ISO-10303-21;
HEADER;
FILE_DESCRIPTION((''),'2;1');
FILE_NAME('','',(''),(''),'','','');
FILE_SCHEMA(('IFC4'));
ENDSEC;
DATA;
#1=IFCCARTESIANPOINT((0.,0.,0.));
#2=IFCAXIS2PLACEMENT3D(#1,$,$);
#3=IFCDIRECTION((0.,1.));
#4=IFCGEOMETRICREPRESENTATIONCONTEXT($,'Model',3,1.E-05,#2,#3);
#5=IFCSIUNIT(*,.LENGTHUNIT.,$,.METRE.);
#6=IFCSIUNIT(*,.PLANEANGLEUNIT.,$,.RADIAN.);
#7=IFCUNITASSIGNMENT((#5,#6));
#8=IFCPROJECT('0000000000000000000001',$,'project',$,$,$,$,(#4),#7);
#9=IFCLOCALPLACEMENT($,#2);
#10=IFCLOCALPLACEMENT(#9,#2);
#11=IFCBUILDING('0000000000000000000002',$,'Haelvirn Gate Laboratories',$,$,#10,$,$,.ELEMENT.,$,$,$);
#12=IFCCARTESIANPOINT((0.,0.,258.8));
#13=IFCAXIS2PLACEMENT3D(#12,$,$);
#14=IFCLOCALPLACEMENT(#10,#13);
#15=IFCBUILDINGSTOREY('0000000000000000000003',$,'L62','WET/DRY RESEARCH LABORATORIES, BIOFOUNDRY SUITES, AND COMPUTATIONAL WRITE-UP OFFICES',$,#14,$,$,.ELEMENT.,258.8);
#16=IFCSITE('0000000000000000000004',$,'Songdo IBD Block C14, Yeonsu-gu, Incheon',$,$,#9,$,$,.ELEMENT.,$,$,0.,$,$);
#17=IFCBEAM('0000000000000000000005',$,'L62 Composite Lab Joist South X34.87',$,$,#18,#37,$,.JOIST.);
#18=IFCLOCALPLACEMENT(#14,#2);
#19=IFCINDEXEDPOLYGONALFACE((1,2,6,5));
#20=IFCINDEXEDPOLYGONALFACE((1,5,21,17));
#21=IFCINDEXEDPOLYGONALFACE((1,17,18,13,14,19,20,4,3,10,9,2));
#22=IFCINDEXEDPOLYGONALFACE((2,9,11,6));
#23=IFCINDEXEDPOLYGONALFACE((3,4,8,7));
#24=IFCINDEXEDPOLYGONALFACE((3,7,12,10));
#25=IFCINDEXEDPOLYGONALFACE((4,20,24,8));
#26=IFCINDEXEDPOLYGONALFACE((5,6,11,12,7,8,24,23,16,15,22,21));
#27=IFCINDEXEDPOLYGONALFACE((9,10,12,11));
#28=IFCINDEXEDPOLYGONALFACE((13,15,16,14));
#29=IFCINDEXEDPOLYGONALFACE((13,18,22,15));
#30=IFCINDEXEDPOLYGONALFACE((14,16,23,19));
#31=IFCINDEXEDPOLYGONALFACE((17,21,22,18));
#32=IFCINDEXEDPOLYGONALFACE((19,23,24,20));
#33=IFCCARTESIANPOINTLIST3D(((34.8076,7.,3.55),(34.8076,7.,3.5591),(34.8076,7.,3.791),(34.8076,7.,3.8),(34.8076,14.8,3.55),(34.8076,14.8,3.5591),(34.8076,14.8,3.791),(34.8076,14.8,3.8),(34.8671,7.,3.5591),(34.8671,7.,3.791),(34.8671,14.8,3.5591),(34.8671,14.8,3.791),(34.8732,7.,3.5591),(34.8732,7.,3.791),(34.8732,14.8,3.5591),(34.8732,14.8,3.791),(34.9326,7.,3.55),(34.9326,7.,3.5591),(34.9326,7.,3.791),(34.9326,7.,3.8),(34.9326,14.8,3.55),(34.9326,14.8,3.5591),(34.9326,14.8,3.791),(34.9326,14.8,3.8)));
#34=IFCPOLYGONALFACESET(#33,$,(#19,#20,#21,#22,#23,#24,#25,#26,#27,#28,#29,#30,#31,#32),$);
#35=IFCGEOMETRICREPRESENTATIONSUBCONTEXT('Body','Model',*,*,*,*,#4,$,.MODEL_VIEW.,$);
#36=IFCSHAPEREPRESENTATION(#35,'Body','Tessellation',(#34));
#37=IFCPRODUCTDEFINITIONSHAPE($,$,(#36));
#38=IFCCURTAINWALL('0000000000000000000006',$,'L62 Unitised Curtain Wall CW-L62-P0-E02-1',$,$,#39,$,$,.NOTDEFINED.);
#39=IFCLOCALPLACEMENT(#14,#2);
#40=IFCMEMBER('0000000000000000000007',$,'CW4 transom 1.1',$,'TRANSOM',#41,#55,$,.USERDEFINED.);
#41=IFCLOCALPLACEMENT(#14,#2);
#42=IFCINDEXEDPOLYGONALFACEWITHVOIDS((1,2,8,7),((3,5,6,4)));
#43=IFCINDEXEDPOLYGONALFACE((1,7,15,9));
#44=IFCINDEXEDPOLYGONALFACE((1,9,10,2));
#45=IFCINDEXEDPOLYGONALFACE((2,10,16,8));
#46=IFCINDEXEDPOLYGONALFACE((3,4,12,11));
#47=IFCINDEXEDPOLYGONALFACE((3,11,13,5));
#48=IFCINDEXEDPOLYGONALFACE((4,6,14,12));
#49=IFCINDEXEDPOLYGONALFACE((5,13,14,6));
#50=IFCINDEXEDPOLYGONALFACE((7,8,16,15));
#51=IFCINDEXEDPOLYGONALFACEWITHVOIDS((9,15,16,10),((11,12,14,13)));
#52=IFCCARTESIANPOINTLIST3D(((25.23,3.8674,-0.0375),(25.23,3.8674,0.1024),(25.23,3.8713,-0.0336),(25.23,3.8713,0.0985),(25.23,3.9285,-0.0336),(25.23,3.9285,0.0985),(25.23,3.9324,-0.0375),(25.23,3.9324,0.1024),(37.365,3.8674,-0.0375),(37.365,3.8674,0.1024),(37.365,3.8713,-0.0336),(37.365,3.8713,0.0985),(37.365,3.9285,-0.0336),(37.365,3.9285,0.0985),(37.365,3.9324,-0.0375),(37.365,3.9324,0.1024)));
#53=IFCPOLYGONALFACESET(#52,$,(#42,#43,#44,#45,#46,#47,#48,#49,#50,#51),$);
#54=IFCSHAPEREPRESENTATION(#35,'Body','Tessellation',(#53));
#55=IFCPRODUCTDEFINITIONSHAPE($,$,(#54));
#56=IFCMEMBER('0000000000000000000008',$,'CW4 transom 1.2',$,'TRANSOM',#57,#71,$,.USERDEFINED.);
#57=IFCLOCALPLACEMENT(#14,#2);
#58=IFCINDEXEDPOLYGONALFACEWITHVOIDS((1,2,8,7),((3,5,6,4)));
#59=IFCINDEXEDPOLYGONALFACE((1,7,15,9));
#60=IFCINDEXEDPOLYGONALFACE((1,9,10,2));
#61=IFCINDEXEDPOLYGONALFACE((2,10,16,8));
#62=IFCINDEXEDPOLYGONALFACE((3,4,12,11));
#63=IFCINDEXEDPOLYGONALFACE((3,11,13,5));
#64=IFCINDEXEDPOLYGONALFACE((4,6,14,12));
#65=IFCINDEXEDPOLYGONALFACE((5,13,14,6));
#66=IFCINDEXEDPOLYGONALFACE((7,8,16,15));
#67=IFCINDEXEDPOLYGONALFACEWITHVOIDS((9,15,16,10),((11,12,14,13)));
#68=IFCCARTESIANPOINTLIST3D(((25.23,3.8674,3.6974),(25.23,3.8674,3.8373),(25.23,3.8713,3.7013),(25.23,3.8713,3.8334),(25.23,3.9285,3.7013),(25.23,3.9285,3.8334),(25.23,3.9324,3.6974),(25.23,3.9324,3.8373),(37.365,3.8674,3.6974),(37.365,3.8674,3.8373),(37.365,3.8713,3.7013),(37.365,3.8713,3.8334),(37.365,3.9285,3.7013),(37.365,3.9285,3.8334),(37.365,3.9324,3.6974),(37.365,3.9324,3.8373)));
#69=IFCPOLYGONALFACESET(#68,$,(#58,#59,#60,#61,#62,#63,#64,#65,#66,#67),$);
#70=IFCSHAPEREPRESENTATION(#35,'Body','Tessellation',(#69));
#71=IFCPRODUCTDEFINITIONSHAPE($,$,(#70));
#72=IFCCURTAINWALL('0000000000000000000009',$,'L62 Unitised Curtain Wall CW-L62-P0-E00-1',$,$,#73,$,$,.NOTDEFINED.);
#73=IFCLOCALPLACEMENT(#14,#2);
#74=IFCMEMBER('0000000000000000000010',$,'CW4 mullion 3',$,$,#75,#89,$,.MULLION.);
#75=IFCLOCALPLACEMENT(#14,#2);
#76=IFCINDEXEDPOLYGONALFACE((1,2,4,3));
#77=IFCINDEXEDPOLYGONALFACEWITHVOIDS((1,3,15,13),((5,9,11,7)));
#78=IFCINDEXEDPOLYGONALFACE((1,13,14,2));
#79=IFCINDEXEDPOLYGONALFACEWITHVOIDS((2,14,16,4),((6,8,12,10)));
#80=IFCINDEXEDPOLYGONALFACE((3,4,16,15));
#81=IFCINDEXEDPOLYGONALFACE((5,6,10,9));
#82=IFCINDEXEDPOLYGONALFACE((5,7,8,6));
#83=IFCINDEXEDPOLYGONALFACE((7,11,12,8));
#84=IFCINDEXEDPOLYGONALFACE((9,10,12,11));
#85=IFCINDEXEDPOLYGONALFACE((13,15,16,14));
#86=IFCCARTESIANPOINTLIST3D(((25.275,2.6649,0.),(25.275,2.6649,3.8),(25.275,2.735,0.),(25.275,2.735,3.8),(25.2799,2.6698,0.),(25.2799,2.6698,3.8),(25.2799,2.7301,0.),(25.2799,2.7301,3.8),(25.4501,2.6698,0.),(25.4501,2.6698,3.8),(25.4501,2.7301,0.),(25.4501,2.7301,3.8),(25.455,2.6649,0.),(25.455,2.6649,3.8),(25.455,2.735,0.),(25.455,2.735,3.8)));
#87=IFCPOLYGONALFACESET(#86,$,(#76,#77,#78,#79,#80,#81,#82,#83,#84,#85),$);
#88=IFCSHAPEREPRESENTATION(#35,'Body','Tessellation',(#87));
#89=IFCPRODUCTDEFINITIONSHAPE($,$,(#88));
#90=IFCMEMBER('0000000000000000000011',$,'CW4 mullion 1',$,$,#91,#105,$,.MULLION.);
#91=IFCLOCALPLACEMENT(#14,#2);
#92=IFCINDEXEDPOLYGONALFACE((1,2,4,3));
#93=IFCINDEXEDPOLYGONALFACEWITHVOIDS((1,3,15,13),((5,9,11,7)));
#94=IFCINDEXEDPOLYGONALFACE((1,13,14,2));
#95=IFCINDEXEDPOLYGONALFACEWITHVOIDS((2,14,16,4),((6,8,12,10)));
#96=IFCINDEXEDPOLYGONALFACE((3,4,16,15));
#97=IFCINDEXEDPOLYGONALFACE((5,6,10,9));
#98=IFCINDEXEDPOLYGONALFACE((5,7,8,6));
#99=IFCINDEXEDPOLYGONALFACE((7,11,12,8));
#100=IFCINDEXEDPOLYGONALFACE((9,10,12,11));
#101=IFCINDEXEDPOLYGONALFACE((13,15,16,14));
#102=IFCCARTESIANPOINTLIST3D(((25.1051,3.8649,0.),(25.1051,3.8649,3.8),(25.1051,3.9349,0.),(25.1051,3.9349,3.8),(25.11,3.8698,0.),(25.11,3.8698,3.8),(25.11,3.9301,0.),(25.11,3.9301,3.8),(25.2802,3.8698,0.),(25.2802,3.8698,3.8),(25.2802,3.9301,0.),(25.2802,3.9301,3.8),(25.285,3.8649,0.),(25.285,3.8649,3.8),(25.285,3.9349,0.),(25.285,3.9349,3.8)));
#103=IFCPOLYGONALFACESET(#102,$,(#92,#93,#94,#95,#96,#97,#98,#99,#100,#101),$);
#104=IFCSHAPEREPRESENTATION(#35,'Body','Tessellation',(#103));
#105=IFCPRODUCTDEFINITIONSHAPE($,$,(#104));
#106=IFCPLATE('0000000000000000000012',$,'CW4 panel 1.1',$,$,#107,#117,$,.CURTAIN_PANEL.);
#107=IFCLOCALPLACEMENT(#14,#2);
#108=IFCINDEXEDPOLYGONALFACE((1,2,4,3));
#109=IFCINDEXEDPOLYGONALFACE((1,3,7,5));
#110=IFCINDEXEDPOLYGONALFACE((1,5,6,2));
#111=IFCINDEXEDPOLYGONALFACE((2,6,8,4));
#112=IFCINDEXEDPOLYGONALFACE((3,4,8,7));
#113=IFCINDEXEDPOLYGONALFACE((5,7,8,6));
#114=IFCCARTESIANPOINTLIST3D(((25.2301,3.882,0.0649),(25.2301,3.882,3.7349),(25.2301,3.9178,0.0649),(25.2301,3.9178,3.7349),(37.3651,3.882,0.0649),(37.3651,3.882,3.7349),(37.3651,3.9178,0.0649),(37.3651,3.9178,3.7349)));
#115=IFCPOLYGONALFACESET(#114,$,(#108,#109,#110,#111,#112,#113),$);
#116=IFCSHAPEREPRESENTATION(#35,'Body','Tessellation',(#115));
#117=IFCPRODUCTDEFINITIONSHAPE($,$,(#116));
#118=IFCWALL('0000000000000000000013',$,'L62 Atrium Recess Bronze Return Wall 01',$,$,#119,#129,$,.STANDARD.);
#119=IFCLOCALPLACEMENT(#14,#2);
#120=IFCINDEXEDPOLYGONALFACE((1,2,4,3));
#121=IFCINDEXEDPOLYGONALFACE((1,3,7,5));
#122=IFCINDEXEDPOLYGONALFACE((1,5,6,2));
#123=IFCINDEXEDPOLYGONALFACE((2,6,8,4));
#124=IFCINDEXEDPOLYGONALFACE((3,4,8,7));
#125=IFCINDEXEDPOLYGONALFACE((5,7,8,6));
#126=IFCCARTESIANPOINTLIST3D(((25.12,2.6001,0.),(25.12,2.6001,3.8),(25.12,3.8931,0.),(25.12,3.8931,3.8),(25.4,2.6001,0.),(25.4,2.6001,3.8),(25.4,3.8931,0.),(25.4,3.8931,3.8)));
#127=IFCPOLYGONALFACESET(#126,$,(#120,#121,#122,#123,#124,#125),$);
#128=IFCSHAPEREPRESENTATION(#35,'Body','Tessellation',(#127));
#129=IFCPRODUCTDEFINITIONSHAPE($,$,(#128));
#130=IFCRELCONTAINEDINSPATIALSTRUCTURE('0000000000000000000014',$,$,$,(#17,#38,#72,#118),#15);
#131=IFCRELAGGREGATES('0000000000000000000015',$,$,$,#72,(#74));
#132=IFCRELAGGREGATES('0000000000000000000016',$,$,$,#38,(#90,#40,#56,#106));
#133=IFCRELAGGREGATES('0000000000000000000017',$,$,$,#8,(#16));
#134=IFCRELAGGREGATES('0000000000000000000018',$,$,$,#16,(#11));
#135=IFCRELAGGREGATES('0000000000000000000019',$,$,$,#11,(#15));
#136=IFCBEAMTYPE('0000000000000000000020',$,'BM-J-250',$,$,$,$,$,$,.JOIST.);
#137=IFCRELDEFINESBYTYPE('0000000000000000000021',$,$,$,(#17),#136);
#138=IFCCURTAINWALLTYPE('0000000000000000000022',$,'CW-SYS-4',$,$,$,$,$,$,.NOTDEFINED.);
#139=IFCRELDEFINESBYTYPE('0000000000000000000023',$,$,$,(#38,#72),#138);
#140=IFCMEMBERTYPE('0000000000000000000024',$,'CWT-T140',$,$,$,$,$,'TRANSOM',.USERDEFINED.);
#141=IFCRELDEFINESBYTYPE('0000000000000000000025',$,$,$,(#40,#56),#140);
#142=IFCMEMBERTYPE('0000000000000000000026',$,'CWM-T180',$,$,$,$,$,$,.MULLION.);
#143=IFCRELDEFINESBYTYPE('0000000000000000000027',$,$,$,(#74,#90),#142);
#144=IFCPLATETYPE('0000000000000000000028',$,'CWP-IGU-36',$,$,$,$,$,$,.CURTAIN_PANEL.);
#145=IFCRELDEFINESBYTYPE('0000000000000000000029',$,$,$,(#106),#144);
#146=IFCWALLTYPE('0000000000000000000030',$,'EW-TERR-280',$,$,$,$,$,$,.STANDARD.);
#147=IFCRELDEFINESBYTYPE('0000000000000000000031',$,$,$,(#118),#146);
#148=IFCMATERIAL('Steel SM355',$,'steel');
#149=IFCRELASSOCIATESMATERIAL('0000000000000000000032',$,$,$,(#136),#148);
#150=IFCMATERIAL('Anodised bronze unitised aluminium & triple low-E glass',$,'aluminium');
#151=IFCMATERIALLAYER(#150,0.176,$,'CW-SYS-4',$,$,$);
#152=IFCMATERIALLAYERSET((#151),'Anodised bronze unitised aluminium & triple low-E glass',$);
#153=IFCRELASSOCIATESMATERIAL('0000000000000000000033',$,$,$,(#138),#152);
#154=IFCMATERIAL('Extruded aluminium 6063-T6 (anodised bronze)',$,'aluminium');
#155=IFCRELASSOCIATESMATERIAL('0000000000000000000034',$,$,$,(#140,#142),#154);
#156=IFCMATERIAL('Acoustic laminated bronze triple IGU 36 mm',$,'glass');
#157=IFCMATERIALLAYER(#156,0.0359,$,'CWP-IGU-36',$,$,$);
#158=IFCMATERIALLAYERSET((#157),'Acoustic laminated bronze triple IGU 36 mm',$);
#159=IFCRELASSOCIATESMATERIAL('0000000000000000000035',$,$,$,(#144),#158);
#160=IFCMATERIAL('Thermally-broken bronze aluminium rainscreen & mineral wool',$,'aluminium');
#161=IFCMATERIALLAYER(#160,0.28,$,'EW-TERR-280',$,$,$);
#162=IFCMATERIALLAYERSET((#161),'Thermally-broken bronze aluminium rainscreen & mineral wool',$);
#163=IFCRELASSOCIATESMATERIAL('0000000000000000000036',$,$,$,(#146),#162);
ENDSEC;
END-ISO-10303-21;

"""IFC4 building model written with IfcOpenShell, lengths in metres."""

from ifc_helpers import new_model, si_unit, direction, frame, frame_2d, origin, origin_2d, place, context, subcontext, project, spatial, rectangle, hollow_rectangle, i_section, extrude, source, transform, mapped, material, layer, layer_set, material_profile, profile_set, type_object, type_shapes, element, aggregate, save


model = new_model("IFC4")

# Units and contexts
model_context = context("Model", 3, precision=1e-05, world=origin(), true_north=direction((0.0, 1.0)))
body_context = subcontext(model_context, "Body", "Model", "MODEL_VIEW")
ifc_project = project(units=[si_unit("LENGTHUNIT", "METRE"), si_unit("PLANEANGLEUNIT", "RADIAN")], contexts=[model_context])

# Site, building, storey
site_placement = place(None, origin())
site = spatial("IfcSite", under=ifc_project, at=site_placement, Name="Songdo IBD Block C14, Yeonsu-gu, Incheon", CompositionType="ELEMENT", RefElevation=0.0)
building_placement = place(site_placement, origin())
building = spatial("IfcBuilding", under=site, at=building_placement, Name="Haelvirn Gate Laboratories", CompositionType="ELEMENT")
storey_placement = place(building_placement, frame((0.0, 0.0, 258.8)))
storey = spatial("IfcBuildingStorey", under=building, at=storey_placement, Name="L62", Description="WET/DRY RESEARCH LABORATORIES, BIOFOUNDRY SUITES, AND COMPUTATIONAL WRITE-UP OFFICES", CompositionType="ELEMENT", Elevation=258.8)

# Shared definitions
ifc_material_1 = material(Name="Steel SM355", Category="steel")

# Beam
ifc_material_profile_1 = material_profile(ifc_material_1, i_section(OverallWidth=0.125, OverallDepth=0.25, WebThickness=0.0061, FlangeThickness=0.009, at=origin_2d()), Name="H-250x125x6x9")
ifc_profile_set_1 = profile_set([ifc_material_profile_1], Name="Steel SM355")
beam_type_1 = type_object("IfcBeamType", Name="BM-J-250", PredefinedType="JOIST", material=ifc_profile_set_1)
shared_shape_1 = source(origin(), body_context, "Body", "SweptSolid", [
    extrude(i_section(OverallWidth=0.125, OverallDepth=0.25, WebThickness=0.0061, FlangeThickness=0.009, at=origin_2d()), origin(), (0.0, 0.0, 1.0), 7.8),
])
type_shapes(beam_type_1, [shared_shape_1])
for number, where, z_axis, x_axis, name in (
    (1, (34.8701, 7.0, 3.675), (0.0, 1.0, 0.0), (-1.0, 0.0, 0.0), "L62 Composite Lab Joist South X34.87"),
):
    element("IfcBeam", number, at=place(storey_placement, frame(where, z_axis=z_axis, x_axis=x_axis)), inside=storey, type_object=beam_type_1, Name=name, PredefinedType="JOIST", context=body_context, shape_type="MappedRepresentation", body=[
        mapped(shared_shape_1, transform((0.0, 0.0, 0.0), scale=1.0)),
    ])

# Curtain wall, members
ifc_material_2 = material(Name="Anodised bronze unitised aluminium & triple low-E glass", Category="aluminium")
ifc_layer_1 = layer(ifc_material_2, 0.176, Name="CW-SYS-4")
ifc_layer_set_1 = layer_set([ifc_layer_1], Name="Anodised bronze unitised aluminium & triple low-E glass")
curtain_wall_type = type_object("IfcCurtainWallType", Name="CW-SYS-4", PredefinedType="NOTDEFINED", material=ifc_layer_set_1)
curtain_wall_1_placement = place(storey_placement, origin())
curtain_wall_1 = element("IfcCurtainWall", 2, at=curtain_wall_1_placement, inside=storey, type_object=curtain_wall_type, Name="L62 Unitised Curtain Wall CW-L62-P0-E02-1", PredefinedType="NOTDEFINED")
ifc_material_3 = material(Name="Extruded aluminium 6063-T6 (anodised bronze)", Category="aluminium")
ifc_material_profile_2 = material_profile(ifc_material_3, hollow_rectangle(XDim=0.0649, YDim=0.1399, WallThickness=0.0039, at=origin_2d()), Name="CWT-140x65x4")
ifc_profile_set_2 = profile_set([ifc_material_profile_2], Name="Extruded aluminium 6063-T6 (anodised bronze)")
member_type_1 = type_object("IfcMemberType", Name="CWT-T140", ElementType="TRANSOM", PredefinedType="USERDEFINED", material=ifc_profile_set_2)
shared_shape_2 = source(origin(), body_context, "Body", "SweptSolid", [
    extrude(hollow_rectangle(XDim=0.0649, YDim=0.1399, WallThickness=0.0039, at=origin_2d()), origin(), (0.0, 0.0, 1.0), 12.135),
])
type_shapes(member_type_1, [shared_shape_2])
member_1_placement = place(storey_placement, frame((25.23, 3.8999, 0.0325), z_axis=(1.0, 0.0, 0.0), x_axis=(0.0, 1.0, 0.0)))
member_1 = element("IfcMember", 3, at=member_1_placement, type_object=member_type_1, Name="CW4 transom 1.1", ObjectType="TRANSOM", PredefinedType="USERDEFINED", context=body_context, shape_type="MappedRepresentation", body=[
    mapped(shared_shape_2, transform((0.0, 0.0, 0.0), scale=1.0)),
])
member_2_placement = place(storey_placement, frame((25.23, 3.8999, 3.7673), z_axis=(1.0, 0.0, 0.0), x_axis=(0.0, 1.0, 0.0)))
member_2 = element("IfcMember", 4, at=member_2_placement, type_object=member_type_1, Name="CW4 transom 1.2", ObjectType="TRANSOM", PredefinedType="USERDEFINED", context=body_context, shape_type="MappedRepresentation", body=[
    mapped(shared_shape_2, transform((0.0, 0.0, 0.0), scale=1.0)),
])

# Curtain wall, member
curtain_wall_2_placement = place(storey_placement, origin())
curtain_wall_2 = element("IfcCurtainWall", 5, at=curtain_wall_2_placement, inside=storey, type_object=curtain_wall_type, Name="L62 Unitised Curtain Wall CW-L62-P0-E00-1", PredefinedType="NOTDEFINED")
ifc_material_profile_3 = material_profile(ifc_material_3, hollow_rectangle(XDim=0.0701, YDim=0.1799, WallThickness=0.0049, at=origin_2d()), Name="CWM-180x70x5")
ifc_profile_set_3 = profile_set([ifc_material_profile_3], Name="Extruded aluminium 6063-T6 (anodised bronze)")
member_type_2 = type_object("IfcMemberType", Name="CWM-T180", PredefinedType="MULLION", material=ifc_profile_set_3)
shared_shape_3 = source(origin(), body_context, "Body", "SweptSolid", [
    extrude(hollow_rectangle(XDim=0.0701, YDim=0.1799, WallThickness=0.0049, at=origin_2d()), origin(), (0.0, 0.0, 1.0), 3.8),
])
type_shapes(member_type_2, [shared_shape_3])
member_3_placement = place(storey_placement, frame((25.365, 2.7, 0.0), z_axis=(0.0, 0.0, 1.0), x_axis=(0.0, 1.0, 0.0)))
member_3 = element("IfcMember", 6, at=member_3_placement, type_object=member_type_2, Name="CW4 mullion 3", PredefinedType="MULLION", context=body_context, shape_type="MappedRepresentation", body=[
    mapped(shared_shape_3, transform((0.0, 0.0, 0.0), scale=1.0)),
])
aggregate(curtain_wall_2, [member_3])

# Member
member_4_placement = place(storey_placement, frame((25.1951, 3.8999, 0.0), z_axis=(0.0, 0.0, 1.0), x_axis=(0.0, 1.0, 0.0)))
member_4 = element("IfcMember", 7, at=member_4_placement, type_object=member_type_2, Name="CW4 mullion 1", PredefinedType="MULLION", context=body_context, shape_type="MappedRepresentation", body=[
    mapped(shared_shape_3, transform((0.0, 0.0, 0.0), scale=1.0)),
])

# Plate
ifc_material_4 = material(Name="Acoustic laminated bronze triple IGU 36 mm", Category="glass")
ifc_layer_2 = layer(ifc_material_4, 0.0359, Name="CWP-IGU-36")
ifc_layer_set_2 = layer_set([ifc_layer_2], Name="Acoustic laminated bronze triple IGU 36 mm")
plate_type = type_object("IfcPlateType", Name="CWP-IGU-36", PredefinedType="CURTAIN_PANEL", material=ifc_layer_set_2)
shared_shape_4 = source(origin(), body_context, "Body", "SweptSolid", [
    extrude(rectangle(XDim=12.135, YDim=0.0359, at=origin_2d()), origin(), (0.0, 0.0, 1.0), 3.6699),
])
type_shapes(plate_type, [shared_shape_4])
plate_placement = place(storey_placement, frame((31.2976, 3.8999, 0.0649), z_axis=(0.0, 0.0, 1.0), x_axis=(1.0, 0.0, 0.0)))
plate = element("IfcPlate", 8, at=plate_placement, type_object=plate_type, Name="CW4 panel 1.1", PredefinedType="CURTAIN_PANEL", context=body_context, shape_type="MappedRepresentation", body=[
    mapped(shared_shape_4, transform((0.0, 0.0, 0.0), scale=1.0)),
])
aggregate(curtain_wall_1, [member_4, member_1, member_2, plate])

# Wall
ifc_material_5 = material(Name="Thermally-broken bronze aluminium rainscreen & mineral wool", Category="aluminium")
ifc_layer_3 = layer(ifc_material_5, 0.28, Name="EW-TERR-280")
ifc_layer_set_3 = layer_set([ifc_layer_3], Name="Thermally-broken bronze aluminium rainscreen & mineral wool")
wall_type_1 = type_object("IfcWallType", Name="EW-TERR-280", PredefinedType="STANDARD", material=ifc_layer_set_3)
wall_1_placement = place(storey_placement, frame((25.26, 2.6001, 0.0), z_axis=(0.0, 0.0, 1.0), x_axis=(0.0, 1.0, 0.0)))
element("IfcWall", 9, at=wall_1_placement, inside=storey, type_object=wall_type_1, Name="L62 Atrium Recess Bronze Return Wall 01", PredefinedType="STANDARD", context=body_context, shape_type="SweptSolid", body=[
    extrude(rectangle(XDim=1.293, YDim=0.28, at=frame_2d((0.6465, 0.0))), origin(), (0.0, 0.0, 1.0), 3.8),
])

save(model, "model.ifc")
